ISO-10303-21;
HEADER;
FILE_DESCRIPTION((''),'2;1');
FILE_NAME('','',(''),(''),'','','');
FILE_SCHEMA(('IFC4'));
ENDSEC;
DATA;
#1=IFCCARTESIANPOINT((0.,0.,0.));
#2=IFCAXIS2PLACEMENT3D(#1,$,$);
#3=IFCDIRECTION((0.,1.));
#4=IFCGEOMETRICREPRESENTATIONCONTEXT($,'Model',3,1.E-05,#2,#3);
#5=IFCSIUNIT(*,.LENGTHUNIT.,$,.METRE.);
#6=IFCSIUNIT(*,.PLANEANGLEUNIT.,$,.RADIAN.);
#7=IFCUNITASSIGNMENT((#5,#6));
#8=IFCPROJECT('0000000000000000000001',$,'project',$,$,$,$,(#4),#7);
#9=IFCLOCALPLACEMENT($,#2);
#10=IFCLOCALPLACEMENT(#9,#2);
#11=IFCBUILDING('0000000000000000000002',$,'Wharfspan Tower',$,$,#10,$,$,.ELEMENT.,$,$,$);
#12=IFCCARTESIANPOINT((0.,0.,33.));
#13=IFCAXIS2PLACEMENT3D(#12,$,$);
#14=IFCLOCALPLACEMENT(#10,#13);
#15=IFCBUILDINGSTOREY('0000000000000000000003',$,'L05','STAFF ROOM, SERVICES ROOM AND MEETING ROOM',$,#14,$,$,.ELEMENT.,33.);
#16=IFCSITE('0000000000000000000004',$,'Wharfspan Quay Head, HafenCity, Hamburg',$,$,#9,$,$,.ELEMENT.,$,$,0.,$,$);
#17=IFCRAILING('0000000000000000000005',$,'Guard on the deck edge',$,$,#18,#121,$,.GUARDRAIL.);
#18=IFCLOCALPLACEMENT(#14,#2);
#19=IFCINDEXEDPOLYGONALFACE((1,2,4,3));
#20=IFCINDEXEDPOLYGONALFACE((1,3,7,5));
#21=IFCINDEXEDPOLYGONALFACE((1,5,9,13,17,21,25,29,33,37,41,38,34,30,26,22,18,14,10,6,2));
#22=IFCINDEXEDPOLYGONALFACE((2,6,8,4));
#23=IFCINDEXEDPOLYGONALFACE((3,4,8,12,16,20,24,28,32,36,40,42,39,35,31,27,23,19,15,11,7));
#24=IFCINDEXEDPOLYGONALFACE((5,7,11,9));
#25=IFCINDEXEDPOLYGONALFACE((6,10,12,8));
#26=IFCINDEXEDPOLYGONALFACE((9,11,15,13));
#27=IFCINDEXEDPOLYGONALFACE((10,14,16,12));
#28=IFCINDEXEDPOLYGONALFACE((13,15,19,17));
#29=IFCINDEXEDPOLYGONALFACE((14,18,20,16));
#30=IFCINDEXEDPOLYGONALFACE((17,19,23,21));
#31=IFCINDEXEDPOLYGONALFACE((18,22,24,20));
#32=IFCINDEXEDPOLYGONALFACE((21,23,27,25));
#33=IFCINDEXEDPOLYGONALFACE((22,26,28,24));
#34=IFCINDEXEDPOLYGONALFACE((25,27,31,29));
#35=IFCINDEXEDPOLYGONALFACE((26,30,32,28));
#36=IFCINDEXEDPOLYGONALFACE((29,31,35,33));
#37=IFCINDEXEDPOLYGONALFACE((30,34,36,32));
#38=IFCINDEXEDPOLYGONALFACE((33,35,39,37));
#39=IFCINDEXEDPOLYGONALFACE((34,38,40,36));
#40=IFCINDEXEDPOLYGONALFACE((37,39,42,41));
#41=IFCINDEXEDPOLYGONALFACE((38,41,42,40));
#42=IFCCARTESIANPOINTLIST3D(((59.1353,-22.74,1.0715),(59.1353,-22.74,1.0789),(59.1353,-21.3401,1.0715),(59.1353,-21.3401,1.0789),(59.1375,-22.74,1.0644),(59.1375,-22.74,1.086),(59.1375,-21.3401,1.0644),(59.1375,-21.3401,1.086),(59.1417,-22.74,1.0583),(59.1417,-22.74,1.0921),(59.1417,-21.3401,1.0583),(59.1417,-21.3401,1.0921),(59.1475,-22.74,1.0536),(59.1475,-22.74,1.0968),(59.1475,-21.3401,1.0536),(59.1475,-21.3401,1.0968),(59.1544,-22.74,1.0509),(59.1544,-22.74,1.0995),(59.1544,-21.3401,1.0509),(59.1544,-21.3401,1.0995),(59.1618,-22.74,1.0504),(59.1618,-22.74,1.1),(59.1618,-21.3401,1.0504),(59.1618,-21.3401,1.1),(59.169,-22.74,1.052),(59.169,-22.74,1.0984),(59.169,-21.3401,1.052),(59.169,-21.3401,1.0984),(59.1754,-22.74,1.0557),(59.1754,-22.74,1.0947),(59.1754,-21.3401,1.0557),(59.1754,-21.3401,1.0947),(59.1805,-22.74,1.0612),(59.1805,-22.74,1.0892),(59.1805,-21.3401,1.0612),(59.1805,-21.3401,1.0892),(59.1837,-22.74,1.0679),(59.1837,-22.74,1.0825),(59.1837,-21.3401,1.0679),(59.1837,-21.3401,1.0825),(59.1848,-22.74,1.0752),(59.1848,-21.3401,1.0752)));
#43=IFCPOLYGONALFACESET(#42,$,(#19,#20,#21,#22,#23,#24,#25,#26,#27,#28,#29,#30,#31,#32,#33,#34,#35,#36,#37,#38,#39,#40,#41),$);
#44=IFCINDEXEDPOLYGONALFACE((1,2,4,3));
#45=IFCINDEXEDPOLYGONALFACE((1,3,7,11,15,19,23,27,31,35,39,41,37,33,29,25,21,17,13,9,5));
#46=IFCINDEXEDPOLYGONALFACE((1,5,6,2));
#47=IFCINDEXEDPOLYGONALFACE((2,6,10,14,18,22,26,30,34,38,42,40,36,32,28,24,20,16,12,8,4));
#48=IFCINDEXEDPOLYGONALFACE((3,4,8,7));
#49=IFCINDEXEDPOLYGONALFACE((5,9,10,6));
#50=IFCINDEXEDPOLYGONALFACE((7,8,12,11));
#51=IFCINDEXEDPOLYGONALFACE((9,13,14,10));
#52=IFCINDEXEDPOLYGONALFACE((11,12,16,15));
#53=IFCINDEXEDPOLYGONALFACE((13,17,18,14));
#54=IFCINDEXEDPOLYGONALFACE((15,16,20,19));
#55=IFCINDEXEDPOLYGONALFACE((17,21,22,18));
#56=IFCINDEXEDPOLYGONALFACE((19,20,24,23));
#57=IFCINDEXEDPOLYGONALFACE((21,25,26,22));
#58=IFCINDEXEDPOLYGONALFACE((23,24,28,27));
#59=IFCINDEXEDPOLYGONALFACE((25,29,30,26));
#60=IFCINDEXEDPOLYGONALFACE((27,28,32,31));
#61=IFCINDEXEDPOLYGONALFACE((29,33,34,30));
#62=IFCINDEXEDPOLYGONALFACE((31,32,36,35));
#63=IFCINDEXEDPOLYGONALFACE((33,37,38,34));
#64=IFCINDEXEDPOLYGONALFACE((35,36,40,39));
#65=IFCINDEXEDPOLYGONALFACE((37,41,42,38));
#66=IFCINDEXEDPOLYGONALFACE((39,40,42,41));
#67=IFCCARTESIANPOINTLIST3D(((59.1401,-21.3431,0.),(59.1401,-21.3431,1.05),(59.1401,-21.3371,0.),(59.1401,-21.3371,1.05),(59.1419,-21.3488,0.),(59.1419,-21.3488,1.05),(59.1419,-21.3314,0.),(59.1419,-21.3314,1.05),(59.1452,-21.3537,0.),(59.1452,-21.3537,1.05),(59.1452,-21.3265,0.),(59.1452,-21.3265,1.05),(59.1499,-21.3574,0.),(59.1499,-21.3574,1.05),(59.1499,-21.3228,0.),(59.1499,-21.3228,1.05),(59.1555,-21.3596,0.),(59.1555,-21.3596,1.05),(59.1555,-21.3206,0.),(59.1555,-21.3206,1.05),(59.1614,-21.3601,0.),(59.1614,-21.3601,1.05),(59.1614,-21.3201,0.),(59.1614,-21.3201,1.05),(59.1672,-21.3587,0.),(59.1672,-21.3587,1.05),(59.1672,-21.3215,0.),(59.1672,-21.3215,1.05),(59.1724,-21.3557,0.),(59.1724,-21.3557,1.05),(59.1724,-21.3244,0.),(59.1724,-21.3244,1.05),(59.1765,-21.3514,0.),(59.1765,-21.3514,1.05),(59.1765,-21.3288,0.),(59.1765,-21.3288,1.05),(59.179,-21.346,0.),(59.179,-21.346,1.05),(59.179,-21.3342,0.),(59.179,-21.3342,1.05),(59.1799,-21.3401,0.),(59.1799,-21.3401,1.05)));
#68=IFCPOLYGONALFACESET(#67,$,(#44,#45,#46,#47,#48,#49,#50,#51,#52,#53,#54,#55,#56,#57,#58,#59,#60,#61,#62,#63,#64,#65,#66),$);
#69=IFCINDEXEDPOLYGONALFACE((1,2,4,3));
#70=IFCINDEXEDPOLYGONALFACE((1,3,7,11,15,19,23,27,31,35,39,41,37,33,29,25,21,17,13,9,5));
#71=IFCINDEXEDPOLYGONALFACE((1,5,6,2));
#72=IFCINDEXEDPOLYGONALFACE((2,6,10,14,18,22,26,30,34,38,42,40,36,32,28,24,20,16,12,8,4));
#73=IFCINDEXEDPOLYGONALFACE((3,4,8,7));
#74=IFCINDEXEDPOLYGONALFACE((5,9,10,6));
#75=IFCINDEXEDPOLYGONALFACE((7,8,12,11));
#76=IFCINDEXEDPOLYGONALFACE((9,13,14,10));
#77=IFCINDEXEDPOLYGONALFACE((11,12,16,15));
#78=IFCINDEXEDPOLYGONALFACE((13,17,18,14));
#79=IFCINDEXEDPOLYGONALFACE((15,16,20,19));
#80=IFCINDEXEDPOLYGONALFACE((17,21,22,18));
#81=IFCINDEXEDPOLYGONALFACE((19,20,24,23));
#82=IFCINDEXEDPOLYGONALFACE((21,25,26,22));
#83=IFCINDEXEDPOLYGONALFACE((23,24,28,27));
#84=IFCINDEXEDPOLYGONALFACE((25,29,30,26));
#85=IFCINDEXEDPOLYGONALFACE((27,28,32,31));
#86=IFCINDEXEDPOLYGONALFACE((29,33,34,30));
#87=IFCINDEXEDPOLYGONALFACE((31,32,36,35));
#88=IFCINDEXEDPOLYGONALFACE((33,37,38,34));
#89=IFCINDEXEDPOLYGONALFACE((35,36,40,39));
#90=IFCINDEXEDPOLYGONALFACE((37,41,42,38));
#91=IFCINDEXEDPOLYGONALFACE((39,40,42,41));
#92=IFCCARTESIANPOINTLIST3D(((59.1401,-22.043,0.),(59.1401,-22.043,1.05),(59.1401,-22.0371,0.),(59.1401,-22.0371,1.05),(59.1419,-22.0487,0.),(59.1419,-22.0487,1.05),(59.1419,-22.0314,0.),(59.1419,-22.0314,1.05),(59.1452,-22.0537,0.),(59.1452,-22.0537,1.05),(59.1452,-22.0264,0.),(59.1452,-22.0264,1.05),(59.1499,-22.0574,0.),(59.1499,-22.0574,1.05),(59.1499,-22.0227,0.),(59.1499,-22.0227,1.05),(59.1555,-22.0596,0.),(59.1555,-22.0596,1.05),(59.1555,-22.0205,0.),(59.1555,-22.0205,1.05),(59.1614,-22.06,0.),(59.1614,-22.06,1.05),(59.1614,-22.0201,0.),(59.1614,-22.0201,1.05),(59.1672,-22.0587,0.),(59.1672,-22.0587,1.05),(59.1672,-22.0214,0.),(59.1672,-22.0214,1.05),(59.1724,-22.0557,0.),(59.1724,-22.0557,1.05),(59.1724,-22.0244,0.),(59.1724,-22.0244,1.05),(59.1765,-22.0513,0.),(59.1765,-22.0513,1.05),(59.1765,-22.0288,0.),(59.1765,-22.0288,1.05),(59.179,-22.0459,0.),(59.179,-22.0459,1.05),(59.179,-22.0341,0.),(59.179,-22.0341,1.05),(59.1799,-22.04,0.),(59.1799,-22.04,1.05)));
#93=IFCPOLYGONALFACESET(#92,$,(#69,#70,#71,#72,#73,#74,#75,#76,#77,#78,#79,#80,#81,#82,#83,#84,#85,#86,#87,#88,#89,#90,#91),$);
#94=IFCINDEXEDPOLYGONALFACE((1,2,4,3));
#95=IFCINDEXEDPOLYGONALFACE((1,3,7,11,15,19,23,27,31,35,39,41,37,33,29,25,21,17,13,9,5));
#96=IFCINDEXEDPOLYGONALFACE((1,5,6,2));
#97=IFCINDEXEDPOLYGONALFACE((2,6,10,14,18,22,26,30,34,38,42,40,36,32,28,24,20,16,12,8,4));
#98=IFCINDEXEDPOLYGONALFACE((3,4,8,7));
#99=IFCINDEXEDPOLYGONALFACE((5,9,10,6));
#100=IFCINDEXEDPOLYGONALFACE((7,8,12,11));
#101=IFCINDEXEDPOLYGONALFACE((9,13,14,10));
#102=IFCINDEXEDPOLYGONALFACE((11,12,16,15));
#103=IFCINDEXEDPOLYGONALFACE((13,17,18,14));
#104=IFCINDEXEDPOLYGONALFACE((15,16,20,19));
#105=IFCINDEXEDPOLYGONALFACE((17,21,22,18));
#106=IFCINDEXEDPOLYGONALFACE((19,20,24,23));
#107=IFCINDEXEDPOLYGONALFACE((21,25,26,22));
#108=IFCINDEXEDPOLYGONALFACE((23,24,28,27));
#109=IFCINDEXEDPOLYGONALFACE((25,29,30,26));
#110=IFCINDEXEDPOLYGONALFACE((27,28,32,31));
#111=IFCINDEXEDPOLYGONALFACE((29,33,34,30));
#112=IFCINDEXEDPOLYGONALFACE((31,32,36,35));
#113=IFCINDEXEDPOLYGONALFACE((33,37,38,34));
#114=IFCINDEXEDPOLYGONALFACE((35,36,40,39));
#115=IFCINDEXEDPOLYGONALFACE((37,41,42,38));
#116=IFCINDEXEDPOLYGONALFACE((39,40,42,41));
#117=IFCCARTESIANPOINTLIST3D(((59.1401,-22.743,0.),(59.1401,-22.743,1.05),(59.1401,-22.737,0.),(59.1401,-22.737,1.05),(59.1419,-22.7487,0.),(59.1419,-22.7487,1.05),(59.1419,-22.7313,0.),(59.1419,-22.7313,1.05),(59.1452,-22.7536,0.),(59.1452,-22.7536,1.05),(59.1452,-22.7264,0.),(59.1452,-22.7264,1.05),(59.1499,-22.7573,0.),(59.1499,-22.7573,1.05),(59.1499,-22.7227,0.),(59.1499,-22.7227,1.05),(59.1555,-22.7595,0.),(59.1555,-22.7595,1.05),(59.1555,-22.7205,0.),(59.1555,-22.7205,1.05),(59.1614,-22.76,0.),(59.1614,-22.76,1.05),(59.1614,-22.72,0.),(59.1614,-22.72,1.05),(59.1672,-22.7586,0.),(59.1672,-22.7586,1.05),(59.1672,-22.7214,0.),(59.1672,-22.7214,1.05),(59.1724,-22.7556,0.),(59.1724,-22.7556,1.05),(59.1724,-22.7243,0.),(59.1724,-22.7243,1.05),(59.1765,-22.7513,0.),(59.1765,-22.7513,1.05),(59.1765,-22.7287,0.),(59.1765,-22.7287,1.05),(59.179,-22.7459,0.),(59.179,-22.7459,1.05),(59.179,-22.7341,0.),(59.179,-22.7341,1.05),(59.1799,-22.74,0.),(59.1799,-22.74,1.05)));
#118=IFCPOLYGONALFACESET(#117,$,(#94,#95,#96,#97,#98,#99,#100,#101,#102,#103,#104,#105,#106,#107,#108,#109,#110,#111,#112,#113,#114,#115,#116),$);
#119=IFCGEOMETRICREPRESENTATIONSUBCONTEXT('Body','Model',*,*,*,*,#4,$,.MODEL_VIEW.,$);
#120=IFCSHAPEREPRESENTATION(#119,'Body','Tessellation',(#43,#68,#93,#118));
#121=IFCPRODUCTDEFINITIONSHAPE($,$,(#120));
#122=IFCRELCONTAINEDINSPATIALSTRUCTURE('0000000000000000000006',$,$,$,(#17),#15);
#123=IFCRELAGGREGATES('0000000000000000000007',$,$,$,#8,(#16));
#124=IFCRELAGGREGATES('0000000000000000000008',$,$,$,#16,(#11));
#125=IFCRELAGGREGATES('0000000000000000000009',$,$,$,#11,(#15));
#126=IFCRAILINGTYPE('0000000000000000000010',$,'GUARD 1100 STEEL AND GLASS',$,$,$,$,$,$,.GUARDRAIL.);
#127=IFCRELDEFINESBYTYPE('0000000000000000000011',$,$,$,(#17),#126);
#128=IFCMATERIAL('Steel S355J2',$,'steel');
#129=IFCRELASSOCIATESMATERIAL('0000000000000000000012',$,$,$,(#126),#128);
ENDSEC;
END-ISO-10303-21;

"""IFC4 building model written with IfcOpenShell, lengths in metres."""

from ifc_helpers import new_model, si_unit, direction, frame, origin, origin_2d, place, context, subcontext, project, spatial, circle, extrude, material, type_object, element, save


model = new_model("IFC4")

# Units and contexts
model_context = context("Model", 3, precision=1e-05, world=origin(), true_north=direction((0.0, 1.0)))
body_context = subcontext(model_context, "Body", "Model", "MODEL_VIEW")
ifc_project = project(units=[si_unit("LENGTHUNIT", "METRE"), si_unit("PLANEANGLEUNIT", "RADIAN")], contexts=[model_context])

# Site, building, storey
site_placement = place(None, origin())
site = spatial("IfcSite", under=ifc_project, at=site_placement, Name="Wharfspan Quay Head, HafenCity, Hamburg", CompositionType="ELEMENT", RefElevation=0.0)
building_placement = place(site_placement, origin())
building = spatial("IfcBuilding", under=site, at=building_placement, Name="Wharfspan Tower", CompositionType="ELEMENT")
storey_placement = place(building_placement, frame((0.0, 0.0, 33.0)))
storey = spatial("IfcBuildingStorey", under=building, at=storey_placement, Name="L05", Description="STAFF ROOM, SERVICES ROOM AND MEETING ROOM", CompositionType="ELEMENT", Elevation=33.0)

# Railing
ifc_material_1 = material(Name="Steel S355J2", Category="steel")
railing_type = type_object("IfcRailingType", Name="GUARD 1100 STEEL AND GLASS", PredefinedType="GUARDRAIL", material=ifc_material_1)
railing_1_placement = place(storey_placement, frame((59.1599, -21.3401, 0.0)))
element("IfcRailing", 1, at=railing_1_placement, inside=storey, type_object=railing_type, Name="Guard on the deck edge", PredefinedType="GUARDRAIL", context=body_context, shape_type="SweptSolid", body=[
    extrude(circle(Radius=0.0249, at=origin_2d()), frame((0.0, 0.0, 1.0752), z_axis=(0.0, -1.0, 0.0), x_axis=(1.0, 0.0, 0.0)), (0.0, 0.0, 1.0), 1.3999),
    extrude(circle(Radius=0.02, at=origin_2d()), origin(), (0.0, 0.0, 1.0), 1.05),
    extrude(circle(Radius=0.02, at=origin_2d()), frame((0.0, -0.7, 0.0)), (0.0, 0.0, 1.0), 1.05),
    extrude(circle(Radius=0.02, at=origin_2d()), frame((0.0, -1.3999, 0.0)), (0.0, 0.0, 1.0), 1.05),
])

save(model, "model.ifc")
